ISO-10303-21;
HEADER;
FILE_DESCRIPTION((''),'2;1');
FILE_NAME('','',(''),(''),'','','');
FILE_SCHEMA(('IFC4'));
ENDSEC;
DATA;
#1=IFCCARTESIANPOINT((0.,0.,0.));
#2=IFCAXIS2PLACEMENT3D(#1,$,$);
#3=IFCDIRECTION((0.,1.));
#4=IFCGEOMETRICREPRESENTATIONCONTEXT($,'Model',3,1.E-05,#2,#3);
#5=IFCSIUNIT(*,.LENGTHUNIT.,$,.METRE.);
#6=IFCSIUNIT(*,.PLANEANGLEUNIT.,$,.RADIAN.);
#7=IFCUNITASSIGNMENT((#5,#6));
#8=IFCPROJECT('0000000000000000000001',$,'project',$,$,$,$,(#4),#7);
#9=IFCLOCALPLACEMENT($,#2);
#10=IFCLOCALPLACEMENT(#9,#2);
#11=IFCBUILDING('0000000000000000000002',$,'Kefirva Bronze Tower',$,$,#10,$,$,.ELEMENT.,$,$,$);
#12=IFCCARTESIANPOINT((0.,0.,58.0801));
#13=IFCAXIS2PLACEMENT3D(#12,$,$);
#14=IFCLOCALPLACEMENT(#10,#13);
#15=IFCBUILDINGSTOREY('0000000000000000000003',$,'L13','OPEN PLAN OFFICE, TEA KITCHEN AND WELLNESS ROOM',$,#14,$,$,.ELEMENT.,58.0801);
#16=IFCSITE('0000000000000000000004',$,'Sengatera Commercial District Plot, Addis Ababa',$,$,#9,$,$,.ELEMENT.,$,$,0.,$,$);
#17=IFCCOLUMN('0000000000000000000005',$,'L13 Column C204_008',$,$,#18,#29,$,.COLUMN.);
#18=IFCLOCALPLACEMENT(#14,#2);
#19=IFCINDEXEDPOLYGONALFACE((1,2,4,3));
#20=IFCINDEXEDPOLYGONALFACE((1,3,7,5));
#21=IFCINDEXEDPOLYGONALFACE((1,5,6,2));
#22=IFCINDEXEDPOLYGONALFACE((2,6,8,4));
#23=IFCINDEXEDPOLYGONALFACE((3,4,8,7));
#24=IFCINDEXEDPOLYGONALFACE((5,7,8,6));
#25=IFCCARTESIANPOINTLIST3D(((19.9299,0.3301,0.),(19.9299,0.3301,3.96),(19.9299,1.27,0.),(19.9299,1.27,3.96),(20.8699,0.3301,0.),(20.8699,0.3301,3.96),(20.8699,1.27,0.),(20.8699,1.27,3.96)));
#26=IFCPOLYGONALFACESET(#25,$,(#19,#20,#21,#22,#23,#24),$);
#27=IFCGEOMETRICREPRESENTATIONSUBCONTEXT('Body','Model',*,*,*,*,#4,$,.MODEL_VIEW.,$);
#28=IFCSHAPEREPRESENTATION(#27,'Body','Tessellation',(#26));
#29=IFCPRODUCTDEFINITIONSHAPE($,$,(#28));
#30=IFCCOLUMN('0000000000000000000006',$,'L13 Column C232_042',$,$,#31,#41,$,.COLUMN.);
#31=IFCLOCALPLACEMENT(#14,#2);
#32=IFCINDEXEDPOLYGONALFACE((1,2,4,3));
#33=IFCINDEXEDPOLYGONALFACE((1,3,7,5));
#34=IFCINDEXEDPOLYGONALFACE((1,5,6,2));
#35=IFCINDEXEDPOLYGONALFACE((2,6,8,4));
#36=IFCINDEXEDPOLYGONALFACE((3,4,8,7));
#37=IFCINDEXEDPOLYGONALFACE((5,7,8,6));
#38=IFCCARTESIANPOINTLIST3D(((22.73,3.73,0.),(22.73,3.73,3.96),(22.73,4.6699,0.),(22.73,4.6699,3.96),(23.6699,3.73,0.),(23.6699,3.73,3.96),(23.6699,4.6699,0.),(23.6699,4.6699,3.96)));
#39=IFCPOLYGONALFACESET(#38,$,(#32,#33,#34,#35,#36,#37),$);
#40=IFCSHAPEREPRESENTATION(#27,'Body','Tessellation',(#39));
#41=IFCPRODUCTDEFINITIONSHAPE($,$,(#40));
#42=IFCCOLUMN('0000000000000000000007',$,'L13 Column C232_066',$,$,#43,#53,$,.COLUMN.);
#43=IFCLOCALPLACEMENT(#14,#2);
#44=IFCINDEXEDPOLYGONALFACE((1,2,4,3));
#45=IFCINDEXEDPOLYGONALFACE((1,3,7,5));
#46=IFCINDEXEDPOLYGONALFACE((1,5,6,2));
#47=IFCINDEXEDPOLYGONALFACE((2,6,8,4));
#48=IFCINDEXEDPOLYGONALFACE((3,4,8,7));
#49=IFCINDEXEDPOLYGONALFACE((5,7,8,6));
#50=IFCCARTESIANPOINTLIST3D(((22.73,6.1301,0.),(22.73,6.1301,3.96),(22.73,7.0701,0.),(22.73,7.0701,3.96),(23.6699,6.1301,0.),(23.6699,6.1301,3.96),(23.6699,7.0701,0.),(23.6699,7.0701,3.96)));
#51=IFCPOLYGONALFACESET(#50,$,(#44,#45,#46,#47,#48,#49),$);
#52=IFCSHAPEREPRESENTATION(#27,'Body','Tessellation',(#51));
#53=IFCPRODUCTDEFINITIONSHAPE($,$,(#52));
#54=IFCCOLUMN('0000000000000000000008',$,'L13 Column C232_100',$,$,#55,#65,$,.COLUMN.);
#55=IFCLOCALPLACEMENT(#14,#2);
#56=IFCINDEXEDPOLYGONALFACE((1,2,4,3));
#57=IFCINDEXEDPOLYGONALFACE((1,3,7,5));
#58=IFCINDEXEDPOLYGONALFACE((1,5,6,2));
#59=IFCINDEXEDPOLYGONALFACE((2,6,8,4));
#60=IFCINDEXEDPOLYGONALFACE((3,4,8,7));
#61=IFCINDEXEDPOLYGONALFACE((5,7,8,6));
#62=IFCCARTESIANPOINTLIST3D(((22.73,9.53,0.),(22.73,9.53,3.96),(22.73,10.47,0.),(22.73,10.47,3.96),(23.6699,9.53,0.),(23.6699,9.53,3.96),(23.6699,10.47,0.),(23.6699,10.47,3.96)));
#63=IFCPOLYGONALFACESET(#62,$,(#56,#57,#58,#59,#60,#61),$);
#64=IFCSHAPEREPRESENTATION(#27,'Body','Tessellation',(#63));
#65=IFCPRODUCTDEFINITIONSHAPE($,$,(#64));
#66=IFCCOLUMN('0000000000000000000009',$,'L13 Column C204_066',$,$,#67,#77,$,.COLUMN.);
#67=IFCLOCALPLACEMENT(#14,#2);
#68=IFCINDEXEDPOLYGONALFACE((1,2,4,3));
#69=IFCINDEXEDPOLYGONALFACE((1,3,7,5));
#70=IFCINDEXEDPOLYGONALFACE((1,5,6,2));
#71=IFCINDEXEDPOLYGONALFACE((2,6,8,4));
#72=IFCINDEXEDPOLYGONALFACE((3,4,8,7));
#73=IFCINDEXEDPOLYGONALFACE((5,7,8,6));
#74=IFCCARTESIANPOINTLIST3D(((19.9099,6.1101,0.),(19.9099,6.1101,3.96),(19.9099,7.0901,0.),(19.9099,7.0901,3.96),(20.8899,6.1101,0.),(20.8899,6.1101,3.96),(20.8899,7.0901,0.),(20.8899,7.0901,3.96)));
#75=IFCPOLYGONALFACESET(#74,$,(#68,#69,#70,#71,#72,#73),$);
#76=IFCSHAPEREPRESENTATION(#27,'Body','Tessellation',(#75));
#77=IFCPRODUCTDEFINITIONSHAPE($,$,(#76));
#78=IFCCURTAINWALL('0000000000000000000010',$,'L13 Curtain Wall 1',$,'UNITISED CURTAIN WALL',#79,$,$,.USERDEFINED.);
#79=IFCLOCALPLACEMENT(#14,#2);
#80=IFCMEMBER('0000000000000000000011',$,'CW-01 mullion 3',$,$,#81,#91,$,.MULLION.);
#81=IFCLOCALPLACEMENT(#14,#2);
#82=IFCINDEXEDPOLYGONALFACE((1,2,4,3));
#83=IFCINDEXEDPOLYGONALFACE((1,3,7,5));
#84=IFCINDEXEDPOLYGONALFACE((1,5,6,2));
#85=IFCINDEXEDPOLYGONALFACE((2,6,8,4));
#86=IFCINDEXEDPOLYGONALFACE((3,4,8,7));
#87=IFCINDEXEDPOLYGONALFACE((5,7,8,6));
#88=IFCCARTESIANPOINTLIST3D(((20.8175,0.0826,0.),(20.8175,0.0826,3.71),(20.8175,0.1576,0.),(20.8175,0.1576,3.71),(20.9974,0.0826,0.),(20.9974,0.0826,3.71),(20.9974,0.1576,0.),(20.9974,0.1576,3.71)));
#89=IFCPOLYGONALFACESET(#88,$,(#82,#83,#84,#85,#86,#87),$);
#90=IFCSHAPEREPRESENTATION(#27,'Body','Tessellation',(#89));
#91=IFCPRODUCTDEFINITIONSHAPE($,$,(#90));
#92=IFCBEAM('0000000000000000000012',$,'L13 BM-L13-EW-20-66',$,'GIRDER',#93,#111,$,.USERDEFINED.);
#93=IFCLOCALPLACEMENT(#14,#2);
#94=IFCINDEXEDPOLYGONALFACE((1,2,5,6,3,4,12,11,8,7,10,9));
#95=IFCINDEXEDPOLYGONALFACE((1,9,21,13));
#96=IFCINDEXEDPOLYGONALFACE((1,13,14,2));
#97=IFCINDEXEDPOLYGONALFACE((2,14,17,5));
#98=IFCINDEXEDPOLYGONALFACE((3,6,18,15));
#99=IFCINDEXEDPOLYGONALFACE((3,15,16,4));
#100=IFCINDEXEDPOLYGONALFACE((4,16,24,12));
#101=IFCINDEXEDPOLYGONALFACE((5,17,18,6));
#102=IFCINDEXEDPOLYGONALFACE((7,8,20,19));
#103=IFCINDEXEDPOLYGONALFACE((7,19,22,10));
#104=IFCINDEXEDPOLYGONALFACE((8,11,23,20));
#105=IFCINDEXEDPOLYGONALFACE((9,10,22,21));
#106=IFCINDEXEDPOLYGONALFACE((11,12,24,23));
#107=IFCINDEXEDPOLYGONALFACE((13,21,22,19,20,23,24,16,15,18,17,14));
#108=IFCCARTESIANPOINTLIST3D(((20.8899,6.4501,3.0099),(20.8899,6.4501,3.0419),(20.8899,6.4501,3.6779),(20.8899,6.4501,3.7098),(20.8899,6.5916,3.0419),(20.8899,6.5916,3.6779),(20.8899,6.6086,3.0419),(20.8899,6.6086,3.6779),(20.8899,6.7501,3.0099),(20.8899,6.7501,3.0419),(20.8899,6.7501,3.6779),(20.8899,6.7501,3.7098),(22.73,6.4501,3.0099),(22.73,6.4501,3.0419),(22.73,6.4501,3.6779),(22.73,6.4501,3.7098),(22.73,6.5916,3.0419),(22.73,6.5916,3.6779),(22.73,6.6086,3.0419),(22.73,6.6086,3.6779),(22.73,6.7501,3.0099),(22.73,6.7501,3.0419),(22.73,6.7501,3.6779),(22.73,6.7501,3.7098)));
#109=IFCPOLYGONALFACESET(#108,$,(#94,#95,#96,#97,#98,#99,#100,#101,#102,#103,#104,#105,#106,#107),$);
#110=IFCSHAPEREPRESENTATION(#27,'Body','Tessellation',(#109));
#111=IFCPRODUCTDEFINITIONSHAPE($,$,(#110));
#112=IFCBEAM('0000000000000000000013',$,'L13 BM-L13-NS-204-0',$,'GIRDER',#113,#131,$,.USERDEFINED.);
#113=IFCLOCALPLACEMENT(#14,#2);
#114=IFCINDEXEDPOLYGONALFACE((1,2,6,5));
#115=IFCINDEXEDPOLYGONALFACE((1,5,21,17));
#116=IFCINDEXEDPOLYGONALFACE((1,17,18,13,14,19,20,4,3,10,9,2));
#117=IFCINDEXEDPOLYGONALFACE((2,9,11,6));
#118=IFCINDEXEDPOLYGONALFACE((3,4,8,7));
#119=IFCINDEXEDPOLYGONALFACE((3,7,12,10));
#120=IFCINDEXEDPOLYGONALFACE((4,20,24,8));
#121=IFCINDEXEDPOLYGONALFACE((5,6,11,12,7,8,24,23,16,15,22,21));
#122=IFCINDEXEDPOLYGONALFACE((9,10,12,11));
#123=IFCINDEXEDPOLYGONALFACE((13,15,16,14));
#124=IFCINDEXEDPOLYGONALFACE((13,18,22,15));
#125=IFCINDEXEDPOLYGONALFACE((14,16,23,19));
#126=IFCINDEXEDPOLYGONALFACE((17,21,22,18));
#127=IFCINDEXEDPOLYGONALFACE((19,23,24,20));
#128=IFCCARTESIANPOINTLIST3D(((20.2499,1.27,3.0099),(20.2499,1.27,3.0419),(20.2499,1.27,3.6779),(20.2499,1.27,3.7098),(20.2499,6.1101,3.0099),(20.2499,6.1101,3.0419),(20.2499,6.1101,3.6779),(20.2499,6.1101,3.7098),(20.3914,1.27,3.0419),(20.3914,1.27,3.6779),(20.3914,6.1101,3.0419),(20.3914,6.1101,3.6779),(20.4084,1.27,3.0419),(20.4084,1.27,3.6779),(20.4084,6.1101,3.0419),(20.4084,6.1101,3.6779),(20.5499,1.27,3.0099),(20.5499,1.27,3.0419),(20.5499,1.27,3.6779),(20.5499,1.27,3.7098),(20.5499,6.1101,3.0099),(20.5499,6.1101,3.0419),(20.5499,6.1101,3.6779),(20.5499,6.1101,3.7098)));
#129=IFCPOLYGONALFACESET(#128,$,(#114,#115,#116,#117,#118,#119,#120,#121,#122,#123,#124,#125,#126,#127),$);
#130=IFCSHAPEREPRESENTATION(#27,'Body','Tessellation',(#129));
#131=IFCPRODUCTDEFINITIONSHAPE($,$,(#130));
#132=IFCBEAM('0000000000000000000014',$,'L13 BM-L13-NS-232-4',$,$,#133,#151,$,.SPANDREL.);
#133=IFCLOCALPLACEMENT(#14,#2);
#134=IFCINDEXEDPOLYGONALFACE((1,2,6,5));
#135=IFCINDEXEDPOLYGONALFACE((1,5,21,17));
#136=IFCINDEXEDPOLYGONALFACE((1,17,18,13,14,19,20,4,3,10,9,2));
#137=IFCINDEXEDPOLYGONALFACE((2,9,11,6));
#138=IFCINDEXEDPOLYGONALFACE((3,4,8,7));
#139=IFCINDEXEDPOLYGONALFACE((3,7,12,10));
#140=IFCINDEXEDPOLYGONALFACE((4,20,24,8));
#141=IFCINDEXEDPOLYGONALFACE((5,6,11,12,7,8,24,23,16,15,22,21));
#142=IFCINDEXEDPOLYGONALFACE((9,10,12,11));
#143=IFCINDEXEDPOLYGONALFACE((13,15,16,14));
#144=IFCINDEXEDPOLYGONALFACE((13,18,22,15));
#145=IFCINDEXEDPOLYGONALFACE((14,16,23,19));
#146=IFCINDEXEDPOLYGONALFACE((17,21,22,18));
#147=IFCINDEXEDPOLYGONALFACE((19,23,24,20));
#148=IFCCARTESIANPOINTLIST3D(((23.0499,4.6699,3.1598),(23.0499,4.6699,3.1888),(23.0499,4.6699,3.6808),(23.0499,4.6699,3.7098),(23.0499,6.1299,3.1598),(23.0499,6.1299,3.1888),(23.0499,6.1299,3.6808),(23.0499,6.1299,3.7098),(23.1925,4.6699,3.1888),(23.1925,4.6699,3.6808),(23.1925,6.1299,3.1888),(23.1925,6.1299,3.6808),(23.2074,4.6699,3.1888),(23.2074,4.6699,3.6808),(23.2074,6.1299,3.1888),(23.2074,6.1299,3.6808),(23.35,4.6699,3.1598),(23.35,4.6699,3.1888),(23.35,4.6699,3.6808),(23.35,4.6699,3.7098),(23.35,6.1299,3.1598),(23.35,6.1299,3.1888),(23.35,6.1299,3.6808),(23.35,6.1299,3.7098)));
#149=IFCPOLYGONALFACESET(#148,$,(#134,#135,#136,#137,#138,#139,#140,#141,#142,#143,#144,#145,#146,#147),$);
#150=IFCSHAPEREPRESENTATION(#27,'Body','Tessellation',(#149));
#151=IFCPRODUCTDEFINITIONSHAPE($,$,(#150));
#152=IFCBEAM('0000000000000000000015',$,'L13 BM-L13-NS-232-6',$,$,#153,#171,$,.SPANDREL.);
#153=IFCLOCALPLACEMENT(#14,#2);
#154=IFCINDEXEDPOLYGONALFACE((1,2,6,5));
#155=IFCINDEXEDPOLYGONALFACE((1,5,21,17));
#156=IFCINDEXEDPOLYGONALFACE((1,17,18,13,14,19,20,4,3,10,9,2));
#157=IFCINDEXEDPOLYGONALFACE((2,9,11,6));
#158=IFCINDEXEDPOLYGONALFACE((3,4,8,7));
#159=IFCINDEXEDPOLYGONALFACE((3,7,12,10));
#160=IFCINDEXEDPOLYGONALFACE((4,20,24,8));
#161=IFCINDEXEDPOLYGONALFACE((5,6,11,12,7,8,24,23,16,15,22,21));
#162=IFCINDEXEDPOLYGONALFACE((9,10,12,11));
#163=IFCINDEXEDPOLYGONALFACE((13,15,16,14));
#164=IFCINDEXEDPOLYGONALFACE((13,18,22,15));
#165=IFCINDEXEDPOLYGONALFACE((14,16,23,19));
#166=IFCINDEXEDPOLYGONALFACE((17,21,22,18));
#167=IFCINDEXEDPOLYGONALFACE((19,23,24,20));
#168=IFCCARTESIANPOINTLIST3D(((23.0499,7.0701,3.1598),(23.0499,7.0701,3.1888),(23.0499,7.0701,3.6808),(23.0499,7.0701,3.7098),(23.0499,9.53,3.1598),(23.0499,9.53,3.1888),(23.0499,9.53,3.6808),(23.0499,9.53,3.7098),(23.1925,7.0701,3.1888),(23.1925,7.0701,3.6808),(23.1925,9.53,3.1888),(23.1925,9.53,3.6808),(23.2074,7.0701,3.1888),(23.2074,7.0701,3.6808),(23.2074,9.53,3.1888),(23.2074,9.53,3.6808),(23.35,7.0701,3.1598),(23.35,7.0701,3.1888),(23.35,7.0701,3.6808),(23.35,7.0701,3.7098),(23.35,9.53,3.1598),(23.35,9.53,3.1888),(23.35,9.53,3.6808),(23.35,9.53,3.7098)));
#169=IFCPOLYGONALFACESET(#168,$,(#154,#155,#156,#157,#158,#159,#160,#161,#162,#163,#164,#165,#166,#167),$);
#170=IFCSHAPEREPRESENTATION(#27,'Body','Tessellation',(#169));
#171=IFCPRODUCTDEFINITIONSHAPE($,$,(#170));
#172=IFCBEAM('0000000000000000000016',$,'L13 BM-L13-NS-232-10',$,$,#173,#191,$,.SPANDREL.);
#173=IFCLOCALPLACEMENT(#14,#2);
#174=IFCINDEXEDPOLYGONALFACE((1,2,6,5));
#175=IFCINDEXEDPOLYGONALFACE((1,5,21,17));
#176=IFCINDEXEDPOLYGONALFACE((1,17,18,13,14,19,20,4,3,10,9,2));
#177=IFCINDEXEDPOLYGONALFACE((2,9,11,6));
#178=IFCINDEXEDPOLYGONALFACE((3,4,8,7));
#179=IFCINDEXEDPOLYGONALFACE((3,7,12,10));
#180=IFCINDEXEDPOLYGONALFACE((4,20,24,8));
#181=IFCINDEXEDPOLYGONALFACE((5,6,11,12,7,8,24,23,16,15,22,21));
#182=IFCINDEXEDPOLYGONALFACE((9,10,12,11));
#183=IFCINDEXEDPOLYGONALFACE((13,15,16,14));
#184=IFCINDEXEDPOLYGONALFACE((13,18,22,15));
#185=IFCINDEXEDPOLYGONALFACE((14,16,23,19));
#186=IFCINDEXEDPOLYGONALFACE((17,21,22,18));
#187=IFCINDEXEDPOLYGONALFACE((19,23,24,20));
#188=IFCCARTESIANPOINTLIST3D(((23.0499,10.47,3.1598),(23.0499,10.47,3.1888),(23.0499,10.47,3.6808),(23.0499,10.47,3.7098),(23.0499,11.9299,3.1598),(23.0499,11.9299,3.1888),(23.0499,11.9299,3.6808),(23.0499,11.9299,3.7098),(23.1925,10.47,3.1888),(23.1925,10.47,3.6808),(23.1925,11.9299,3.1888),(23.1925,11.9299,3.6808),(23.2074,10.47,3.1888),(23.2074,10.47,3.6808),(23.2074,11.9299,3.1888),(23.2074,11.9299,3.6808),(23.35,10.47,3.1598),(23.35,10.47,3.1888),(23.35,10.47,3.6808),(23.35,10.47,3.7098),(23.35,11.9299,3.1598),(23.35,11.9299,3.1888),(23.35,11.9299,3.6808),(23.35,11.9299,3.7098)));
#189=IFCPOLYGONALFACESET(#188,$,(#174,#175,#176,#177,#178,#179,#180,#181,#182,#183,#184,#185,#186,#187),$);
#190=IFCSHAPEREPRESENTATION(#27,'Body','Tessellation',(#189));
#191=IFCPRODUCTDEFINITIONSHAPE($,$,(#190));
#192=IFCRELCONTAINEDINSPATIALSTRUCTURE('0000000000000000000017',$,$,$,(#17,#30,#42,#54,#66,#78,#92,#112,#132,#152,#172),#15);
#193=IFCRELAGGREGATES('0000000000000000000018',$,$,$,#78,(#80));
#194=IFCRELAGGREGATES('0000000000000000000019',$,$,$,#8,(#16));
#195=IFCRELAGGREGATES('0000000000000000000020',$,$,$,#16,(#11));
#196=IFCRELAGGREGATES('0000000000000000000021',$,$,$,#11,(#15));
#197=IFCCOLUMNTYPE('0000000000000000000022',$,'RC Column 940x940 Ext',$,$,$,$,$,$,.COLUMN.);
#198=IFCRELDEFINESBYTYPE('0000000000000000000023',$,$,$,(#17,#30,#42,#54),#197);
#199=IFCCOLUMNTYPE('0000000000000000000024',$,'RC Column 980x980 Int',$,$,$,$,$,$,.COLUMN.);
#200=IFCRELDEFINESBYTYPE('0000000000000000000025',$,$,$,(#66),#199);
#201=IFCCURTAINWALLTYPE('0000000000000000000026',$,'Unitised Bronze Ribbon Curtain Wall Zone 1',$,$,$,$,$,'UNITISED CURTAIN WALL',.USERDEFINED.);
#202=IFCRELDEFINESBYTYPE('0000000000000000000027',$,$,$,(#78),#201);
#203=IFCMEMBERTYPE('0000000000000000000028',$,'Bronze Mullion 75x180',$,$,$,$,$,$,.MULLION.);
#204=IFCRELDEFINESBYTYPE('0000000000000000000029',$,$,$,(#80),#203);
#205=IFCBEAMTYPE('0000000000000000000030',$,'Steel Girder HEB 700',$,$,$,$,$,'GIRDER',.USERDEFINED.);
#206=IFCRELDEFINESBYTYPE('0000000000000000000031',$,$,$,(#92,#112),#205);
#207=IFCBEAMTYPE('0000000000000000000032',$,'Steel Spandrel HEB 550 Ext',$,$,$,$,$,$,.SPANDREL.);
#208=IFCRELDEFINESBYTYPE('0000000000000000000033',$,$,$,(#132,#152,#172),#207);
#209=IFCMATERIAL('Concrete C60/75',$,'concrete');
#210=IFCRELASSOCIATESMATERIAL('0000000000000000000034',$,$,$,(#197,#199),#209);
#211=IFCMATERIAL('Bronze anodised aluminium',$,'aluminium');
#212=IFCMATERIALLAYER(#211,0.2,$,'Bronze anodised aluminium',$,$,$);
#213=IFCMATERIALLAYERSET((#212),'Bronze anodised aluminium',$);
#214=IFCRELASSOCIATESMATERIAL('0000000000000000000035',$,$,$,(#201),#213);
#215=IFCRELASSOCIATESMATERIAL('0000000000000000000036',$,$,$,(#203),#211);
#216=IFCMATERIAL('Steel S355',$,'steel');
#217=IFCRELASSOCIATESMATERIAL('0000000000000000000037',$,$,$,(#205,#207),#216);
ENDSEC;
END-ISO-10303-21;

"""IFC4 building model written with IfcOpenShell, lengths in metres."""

from ifc_helpers import new_model, si_unit, direction, frame, origin, origin_2d, place, context, subcontext, project, spatial, rectangle, i_section, extrude, material, layer, layer_set, material_profile, profile_set, type_object, element, aggregate, save


model = new_model("IFC4")

# Units and contexts
model_context = context("Model", 3, precision=1e-05, world=origin(), true_north=direction((0.0, 1.0)))
body_context = subcontext(model_context, "Body", "Model", "MODEL_VIEW")
ifc_project = project(units=[si_unit("LENGTHUNIT", "METRE"), si_unit("PLANEANGLEUNIT", "RADIAN")], contexts=[model_context])

# Site, building, storey
site_placement = place(None, origin())
site = spatial("IfcSite", under=ifc_project, at=site_placement, Name="Sengatera Commercial District Plot, Addis Ababa", CompositionType="ELEMENT", RefElevation=0.0)
building_placement = place(site_placement, origin())
building = spatial("IfcBuilding", under=site, at=building_placement, Name="Kefirva Bronze Tower", CompositionType="ELEMENT")
storey_placement = place(building_placement, frame((0.0, 0.0, 58.0801)))
storey = spatial("IfcBuildingStorey", under=building, at=storey_placement, Name="L13", Description="OPEN PLAN OFFICE, TEA KITCHEN AND WELLNESS ROOM", CompositionType="ELEMENT", Elevation=58.0801)

# Columns
ifc_material_1 = material(Name="Concrete C60/75", Category="concrete")
ifc_material_profile_1 = material_profile(ifc_material_1, rectangle(XDim=0.9399, YDim=0.9399, at=origin_2d()), Name="RC 940x940")
ifc_profile_set_1 = profile_set([ifc_material_profile_1], Name="Concrete C60/75")
column_type_1 = type_object("IfcColumnType", Name="RC Column 940x940 Ext", PredefinedType="COLUMN", material=ifc_profile_set_1)
for number, where, z_axis, x_axis, name in (
    (1, (20.3999, 0.8, 0.0), (0.0, 0.0, 1.0), (1.0, 0.0, 0.0), "L13 Column C204_008"),
    (2, (23.2, 4.2, 0.0), (0.0, 0.0, 1.0), (1.0, 0.0, 0.0), "L13 Column C232_042"),
    (3, (23.2, 6.6001, 0.0), (0.0, 0.0, 1.0), (1.0, 0.0, 0.0), "L13 Column C232_066"),
    (4, (23.2, 10.0, 0.0), (0.0, 0.0, 1.0), (1.0, 0.0, 0.0), "L13 Column C232_100"),
):
    element("IfcColumn", number, at=place(storey_placement, frame(where, z_axis=z_axis, x_axis=x_axis)), inside=storey, type_object=column_type_1, Name=name, PredefinedType="COLUMN", context=body_context, shape_type="SweptSolid", body=[
        extrude(rectangle(XDim=0.9399, YDim=0.9399, at=origin_2d()), origin(), (0.0, 0.0, 1.0), 3.96),
    ])
ifc_material_profile_2 = material_profile(ifc_material_1, rectangle(XDim=0.98, YDim=0.98, at=origin_2d()), Name="RC 980x980")
ifc_profile_set_2 = profile_set([ifc_material_profile_2], Name="Concrete C60/75")
column_type_2 = type_object("IfcColumnType", Name="RC Column 980x980 Int", PredefinedType="COLUMN", material=ifc_profile_set_2)
column_placement = place(storey_placement, frame((20.3999, 6.6001, 0.0), z_axis=(0.0, 0.0, 1.0), x_axis=(1.0, 0.0, 0.0)))
element("IfcColumn", 5, at=column_placement, inside=storey, type_object=column_type_2, Name="L13 Column C204_066", PredefinedType="COLUMN", context=body_context, shape_type="SweptSolid", body=[
    extrude(rectangle(XDim=0.98, YDim=0.98, at=origin_2d()), origin(), (0.0, 0.0, 1.0), 3.96),
])

# Curtain wall, member
ifc_material_2 = material(Name="Bronze anodised aluminium", Category="aluminium")
ifc_layer_1 = layer(ifc_material_2, 0.2, Name="Bronze anodised aluminium")
ifc_layer_set_1 = layer_set([ifc_layer_1], Name="Bronze anodised aluminium")
curtain_wall_type = type_object("IfcCurtainWallType", Name="Unitised Bronze Ribbon Curtain Wall Zone 1", ElementType="UNITISED CURTAIN WALL", PredefinedType="USERDEFINED", material=ifc_layer_set_1)
curtain_wall_placement = place(storey_placement, origin())
curtain_wall = element("IfcCurtainWall", 6, at=curtain_wall_placement, inside=storey, type_object=curtain_wall_type, Name="L13 Curtain Wall 1", ObjectType="UNITISED CURTAIN WALL", PredefinedType="USERDEFINED")
ifc_material_profile_3 = material_profile(ifc_material_2, rectangle(XDim=0.075, YDim=0.1799, at=origin_2d()), Name="ALU 75x180")
ifc_profile_set_3 = profile_set([ifc_material_profile_3], Name="Bronze anodised aluminium")
member_type = type_object("IfcMemberType", Name="Bronze Mullion 75x180", PredefinedType="MULLION", material=ifc_profile_set_3)
member_placement = place(storey_placement, frame((20.9075, 0.1201, 0.0), z_axis=(0.0, 0.0, 1.0), x_axis=(0.0, 1.0, 0.0)))
member = element("IfcMember", 7, at=member_placement, type_object=member_type, Name="CW-01 mullion 3", PredefinedType="MULLION", context=body_context, shape_type="SweptSolid", body=[
    extrude(rectangle(XDim=0.075, YDim=0.1799, at=origin_2d()), origin(), (0.0, 0.0, 1.0), 3.71),
])
aggregate(curtain_wall, [member])

# Beams
ifc_material_3 = material(Name="Steel S355", Category="steel")
ifc_material_profile_4 = material_profile(ifc_material_3, i_section(OverallWidth=0.3, OverallDepth=0.7, WebThickness=0.0171, FlangeThickness=0.032, at=origin_2d()), Name="HEB 700")
ifc_profile_set_4 = profile_set([ifc_material_profile_4], Name="Steel S355")
beam_type_1 = type_object("IfcBeamType", Name="Steel Girder HEB 700", ElementType="GIRDER", PredefinedType="USERDEFINED", material=ifc_profile_set_4)
beam_1_placement = place(storey_placement, frame((20.8899, 6.6001, 3.3599), z_axis=(1.0, 0.0, 0.0), x_axis=(0.0, 1.0, 0.0)))
element("IfcBeam", 8, at=beam_1_placement, inside=storey, type_object=beam_type_1, Name="L13 BM-L13-EW-20-66", ObjectType="GIRDER", PredefinedType="USERDEFINED", context=body_context, shape_type="SweptSolid", body=[
    extrude(i_section(OverallWidth=0.3, OverallDepth=0.7, WebThickness=0.0171, FlangeThickness=0.032, at=origin_2d()), origin(), (0.0, 0.0, 1.0), 1.8401),
])
beam_2_placement = place(storey_placement, frame((20.3999, 1.27, 3.3599), z_axis=(0.0, 1.0, 0.0), x_axis=(-1.0, 0.0, 0.0)))
element("IfcBeam", 9, at=beam_2_placement, inside=storey, type_object=beam_type_1, Name="L13 BM-L13-NS-204-0", ObjectType="GIRDER", PredefinedType="USERDEFINED", context=body_context, shape_type="SweptSolid", body=[
    extrude(i_section(OverallWidth=0.3, OverallDepth=0.7, WebThickness=0.0171, FlangeThickness=0.032, at=origin_2d()), origin(), (0.0, 0.0, 1.0), 4.8401),
])
ifc_material_profile_5 = material_profile(ifc_material_3, i_section(OverallWidth=0.3, OverallDepth=0.55, WebThickness=0.0149, FlangeThickness=0.0291, at=origin_2d()), Name="HEB 550")
ifc_profile_set_5 = profile_set([ifc_material_profile_5], Name="Steel S355")
beam_type_2 = type_object("IfcBeamType", Name="Steel Spandrel HEB 550 Ext", PredefinedType="SPANDREL", material=ifc_profile_set_5)
beam_3_placement = place(storey_placement, frame((23.2, 4.6699, 3.4348), z_axis=(0.0, 1.0, 0.0), x_axis=(-1.0, 0.0, 0.0)))
element("IfcBeam", 10, at=beam_3_placement, inside=storey, type_object=beam_type_2, Name="L13 BM-L13-NS-232-4", PredefinedType="SPANDREL", context=body_context, shape_type="SweptSolid", body=[
    extrude(i_section(OverallWidth=0.3, OverallDepth=0.55, WebThickness=0.0149, FlangeThickness=0.0291, at=origin_2d()), origin(), (0.0, 0.0, 1.0), 1.46),
])
beam_4_placement = place(storey_placement, frame((23.2, 7.0701, 3.4348), z_axis=(0.0, 1.0, 0.0), x_axis=(-1.0, 0.0, 0.0)))
element("IfcBeam", 11, at=beam_4_placement, inside=storey, type_object=beam_type_2, Name="L13 BM-L13-NS-232-6", PredefinedType="SPANDREL", context=body_context, shape_type="SweptSolid", body=[
    extrude(i_section(OverallWidth=0.3, OverallDepth=0.55, WebThickness=0.0149, FlangeThickness=0.0291, at=origin_2d()), origin(), (0.0, 0.0, 1.0), 2.46),
])
beam_5_placement = place(storey_placement, frame((23.2, 10.47, 3.4348), z_axis=(0.0, 1.0, 0.0), x_axis=(-1.0, 0.0, 0.0)))
element("IfcBeam", 12, at=beam_5_placement, inside=storey, type_object=beam_type_2, Name="L13 BM-L13-NS-232-10", PredefinedType="SPANDREL", context=body_context, shape_type="SweptSolid", body=[
    extrude(i_section(OverallWidth=0.3, OverallDepth=0.55, WebThickness=0.0149, FlangeThickness=0.0291, at=origin_2d()), origin(), (0.0, 0.0, 1.0), 1.46),
])

save(model, "model.ifc")
